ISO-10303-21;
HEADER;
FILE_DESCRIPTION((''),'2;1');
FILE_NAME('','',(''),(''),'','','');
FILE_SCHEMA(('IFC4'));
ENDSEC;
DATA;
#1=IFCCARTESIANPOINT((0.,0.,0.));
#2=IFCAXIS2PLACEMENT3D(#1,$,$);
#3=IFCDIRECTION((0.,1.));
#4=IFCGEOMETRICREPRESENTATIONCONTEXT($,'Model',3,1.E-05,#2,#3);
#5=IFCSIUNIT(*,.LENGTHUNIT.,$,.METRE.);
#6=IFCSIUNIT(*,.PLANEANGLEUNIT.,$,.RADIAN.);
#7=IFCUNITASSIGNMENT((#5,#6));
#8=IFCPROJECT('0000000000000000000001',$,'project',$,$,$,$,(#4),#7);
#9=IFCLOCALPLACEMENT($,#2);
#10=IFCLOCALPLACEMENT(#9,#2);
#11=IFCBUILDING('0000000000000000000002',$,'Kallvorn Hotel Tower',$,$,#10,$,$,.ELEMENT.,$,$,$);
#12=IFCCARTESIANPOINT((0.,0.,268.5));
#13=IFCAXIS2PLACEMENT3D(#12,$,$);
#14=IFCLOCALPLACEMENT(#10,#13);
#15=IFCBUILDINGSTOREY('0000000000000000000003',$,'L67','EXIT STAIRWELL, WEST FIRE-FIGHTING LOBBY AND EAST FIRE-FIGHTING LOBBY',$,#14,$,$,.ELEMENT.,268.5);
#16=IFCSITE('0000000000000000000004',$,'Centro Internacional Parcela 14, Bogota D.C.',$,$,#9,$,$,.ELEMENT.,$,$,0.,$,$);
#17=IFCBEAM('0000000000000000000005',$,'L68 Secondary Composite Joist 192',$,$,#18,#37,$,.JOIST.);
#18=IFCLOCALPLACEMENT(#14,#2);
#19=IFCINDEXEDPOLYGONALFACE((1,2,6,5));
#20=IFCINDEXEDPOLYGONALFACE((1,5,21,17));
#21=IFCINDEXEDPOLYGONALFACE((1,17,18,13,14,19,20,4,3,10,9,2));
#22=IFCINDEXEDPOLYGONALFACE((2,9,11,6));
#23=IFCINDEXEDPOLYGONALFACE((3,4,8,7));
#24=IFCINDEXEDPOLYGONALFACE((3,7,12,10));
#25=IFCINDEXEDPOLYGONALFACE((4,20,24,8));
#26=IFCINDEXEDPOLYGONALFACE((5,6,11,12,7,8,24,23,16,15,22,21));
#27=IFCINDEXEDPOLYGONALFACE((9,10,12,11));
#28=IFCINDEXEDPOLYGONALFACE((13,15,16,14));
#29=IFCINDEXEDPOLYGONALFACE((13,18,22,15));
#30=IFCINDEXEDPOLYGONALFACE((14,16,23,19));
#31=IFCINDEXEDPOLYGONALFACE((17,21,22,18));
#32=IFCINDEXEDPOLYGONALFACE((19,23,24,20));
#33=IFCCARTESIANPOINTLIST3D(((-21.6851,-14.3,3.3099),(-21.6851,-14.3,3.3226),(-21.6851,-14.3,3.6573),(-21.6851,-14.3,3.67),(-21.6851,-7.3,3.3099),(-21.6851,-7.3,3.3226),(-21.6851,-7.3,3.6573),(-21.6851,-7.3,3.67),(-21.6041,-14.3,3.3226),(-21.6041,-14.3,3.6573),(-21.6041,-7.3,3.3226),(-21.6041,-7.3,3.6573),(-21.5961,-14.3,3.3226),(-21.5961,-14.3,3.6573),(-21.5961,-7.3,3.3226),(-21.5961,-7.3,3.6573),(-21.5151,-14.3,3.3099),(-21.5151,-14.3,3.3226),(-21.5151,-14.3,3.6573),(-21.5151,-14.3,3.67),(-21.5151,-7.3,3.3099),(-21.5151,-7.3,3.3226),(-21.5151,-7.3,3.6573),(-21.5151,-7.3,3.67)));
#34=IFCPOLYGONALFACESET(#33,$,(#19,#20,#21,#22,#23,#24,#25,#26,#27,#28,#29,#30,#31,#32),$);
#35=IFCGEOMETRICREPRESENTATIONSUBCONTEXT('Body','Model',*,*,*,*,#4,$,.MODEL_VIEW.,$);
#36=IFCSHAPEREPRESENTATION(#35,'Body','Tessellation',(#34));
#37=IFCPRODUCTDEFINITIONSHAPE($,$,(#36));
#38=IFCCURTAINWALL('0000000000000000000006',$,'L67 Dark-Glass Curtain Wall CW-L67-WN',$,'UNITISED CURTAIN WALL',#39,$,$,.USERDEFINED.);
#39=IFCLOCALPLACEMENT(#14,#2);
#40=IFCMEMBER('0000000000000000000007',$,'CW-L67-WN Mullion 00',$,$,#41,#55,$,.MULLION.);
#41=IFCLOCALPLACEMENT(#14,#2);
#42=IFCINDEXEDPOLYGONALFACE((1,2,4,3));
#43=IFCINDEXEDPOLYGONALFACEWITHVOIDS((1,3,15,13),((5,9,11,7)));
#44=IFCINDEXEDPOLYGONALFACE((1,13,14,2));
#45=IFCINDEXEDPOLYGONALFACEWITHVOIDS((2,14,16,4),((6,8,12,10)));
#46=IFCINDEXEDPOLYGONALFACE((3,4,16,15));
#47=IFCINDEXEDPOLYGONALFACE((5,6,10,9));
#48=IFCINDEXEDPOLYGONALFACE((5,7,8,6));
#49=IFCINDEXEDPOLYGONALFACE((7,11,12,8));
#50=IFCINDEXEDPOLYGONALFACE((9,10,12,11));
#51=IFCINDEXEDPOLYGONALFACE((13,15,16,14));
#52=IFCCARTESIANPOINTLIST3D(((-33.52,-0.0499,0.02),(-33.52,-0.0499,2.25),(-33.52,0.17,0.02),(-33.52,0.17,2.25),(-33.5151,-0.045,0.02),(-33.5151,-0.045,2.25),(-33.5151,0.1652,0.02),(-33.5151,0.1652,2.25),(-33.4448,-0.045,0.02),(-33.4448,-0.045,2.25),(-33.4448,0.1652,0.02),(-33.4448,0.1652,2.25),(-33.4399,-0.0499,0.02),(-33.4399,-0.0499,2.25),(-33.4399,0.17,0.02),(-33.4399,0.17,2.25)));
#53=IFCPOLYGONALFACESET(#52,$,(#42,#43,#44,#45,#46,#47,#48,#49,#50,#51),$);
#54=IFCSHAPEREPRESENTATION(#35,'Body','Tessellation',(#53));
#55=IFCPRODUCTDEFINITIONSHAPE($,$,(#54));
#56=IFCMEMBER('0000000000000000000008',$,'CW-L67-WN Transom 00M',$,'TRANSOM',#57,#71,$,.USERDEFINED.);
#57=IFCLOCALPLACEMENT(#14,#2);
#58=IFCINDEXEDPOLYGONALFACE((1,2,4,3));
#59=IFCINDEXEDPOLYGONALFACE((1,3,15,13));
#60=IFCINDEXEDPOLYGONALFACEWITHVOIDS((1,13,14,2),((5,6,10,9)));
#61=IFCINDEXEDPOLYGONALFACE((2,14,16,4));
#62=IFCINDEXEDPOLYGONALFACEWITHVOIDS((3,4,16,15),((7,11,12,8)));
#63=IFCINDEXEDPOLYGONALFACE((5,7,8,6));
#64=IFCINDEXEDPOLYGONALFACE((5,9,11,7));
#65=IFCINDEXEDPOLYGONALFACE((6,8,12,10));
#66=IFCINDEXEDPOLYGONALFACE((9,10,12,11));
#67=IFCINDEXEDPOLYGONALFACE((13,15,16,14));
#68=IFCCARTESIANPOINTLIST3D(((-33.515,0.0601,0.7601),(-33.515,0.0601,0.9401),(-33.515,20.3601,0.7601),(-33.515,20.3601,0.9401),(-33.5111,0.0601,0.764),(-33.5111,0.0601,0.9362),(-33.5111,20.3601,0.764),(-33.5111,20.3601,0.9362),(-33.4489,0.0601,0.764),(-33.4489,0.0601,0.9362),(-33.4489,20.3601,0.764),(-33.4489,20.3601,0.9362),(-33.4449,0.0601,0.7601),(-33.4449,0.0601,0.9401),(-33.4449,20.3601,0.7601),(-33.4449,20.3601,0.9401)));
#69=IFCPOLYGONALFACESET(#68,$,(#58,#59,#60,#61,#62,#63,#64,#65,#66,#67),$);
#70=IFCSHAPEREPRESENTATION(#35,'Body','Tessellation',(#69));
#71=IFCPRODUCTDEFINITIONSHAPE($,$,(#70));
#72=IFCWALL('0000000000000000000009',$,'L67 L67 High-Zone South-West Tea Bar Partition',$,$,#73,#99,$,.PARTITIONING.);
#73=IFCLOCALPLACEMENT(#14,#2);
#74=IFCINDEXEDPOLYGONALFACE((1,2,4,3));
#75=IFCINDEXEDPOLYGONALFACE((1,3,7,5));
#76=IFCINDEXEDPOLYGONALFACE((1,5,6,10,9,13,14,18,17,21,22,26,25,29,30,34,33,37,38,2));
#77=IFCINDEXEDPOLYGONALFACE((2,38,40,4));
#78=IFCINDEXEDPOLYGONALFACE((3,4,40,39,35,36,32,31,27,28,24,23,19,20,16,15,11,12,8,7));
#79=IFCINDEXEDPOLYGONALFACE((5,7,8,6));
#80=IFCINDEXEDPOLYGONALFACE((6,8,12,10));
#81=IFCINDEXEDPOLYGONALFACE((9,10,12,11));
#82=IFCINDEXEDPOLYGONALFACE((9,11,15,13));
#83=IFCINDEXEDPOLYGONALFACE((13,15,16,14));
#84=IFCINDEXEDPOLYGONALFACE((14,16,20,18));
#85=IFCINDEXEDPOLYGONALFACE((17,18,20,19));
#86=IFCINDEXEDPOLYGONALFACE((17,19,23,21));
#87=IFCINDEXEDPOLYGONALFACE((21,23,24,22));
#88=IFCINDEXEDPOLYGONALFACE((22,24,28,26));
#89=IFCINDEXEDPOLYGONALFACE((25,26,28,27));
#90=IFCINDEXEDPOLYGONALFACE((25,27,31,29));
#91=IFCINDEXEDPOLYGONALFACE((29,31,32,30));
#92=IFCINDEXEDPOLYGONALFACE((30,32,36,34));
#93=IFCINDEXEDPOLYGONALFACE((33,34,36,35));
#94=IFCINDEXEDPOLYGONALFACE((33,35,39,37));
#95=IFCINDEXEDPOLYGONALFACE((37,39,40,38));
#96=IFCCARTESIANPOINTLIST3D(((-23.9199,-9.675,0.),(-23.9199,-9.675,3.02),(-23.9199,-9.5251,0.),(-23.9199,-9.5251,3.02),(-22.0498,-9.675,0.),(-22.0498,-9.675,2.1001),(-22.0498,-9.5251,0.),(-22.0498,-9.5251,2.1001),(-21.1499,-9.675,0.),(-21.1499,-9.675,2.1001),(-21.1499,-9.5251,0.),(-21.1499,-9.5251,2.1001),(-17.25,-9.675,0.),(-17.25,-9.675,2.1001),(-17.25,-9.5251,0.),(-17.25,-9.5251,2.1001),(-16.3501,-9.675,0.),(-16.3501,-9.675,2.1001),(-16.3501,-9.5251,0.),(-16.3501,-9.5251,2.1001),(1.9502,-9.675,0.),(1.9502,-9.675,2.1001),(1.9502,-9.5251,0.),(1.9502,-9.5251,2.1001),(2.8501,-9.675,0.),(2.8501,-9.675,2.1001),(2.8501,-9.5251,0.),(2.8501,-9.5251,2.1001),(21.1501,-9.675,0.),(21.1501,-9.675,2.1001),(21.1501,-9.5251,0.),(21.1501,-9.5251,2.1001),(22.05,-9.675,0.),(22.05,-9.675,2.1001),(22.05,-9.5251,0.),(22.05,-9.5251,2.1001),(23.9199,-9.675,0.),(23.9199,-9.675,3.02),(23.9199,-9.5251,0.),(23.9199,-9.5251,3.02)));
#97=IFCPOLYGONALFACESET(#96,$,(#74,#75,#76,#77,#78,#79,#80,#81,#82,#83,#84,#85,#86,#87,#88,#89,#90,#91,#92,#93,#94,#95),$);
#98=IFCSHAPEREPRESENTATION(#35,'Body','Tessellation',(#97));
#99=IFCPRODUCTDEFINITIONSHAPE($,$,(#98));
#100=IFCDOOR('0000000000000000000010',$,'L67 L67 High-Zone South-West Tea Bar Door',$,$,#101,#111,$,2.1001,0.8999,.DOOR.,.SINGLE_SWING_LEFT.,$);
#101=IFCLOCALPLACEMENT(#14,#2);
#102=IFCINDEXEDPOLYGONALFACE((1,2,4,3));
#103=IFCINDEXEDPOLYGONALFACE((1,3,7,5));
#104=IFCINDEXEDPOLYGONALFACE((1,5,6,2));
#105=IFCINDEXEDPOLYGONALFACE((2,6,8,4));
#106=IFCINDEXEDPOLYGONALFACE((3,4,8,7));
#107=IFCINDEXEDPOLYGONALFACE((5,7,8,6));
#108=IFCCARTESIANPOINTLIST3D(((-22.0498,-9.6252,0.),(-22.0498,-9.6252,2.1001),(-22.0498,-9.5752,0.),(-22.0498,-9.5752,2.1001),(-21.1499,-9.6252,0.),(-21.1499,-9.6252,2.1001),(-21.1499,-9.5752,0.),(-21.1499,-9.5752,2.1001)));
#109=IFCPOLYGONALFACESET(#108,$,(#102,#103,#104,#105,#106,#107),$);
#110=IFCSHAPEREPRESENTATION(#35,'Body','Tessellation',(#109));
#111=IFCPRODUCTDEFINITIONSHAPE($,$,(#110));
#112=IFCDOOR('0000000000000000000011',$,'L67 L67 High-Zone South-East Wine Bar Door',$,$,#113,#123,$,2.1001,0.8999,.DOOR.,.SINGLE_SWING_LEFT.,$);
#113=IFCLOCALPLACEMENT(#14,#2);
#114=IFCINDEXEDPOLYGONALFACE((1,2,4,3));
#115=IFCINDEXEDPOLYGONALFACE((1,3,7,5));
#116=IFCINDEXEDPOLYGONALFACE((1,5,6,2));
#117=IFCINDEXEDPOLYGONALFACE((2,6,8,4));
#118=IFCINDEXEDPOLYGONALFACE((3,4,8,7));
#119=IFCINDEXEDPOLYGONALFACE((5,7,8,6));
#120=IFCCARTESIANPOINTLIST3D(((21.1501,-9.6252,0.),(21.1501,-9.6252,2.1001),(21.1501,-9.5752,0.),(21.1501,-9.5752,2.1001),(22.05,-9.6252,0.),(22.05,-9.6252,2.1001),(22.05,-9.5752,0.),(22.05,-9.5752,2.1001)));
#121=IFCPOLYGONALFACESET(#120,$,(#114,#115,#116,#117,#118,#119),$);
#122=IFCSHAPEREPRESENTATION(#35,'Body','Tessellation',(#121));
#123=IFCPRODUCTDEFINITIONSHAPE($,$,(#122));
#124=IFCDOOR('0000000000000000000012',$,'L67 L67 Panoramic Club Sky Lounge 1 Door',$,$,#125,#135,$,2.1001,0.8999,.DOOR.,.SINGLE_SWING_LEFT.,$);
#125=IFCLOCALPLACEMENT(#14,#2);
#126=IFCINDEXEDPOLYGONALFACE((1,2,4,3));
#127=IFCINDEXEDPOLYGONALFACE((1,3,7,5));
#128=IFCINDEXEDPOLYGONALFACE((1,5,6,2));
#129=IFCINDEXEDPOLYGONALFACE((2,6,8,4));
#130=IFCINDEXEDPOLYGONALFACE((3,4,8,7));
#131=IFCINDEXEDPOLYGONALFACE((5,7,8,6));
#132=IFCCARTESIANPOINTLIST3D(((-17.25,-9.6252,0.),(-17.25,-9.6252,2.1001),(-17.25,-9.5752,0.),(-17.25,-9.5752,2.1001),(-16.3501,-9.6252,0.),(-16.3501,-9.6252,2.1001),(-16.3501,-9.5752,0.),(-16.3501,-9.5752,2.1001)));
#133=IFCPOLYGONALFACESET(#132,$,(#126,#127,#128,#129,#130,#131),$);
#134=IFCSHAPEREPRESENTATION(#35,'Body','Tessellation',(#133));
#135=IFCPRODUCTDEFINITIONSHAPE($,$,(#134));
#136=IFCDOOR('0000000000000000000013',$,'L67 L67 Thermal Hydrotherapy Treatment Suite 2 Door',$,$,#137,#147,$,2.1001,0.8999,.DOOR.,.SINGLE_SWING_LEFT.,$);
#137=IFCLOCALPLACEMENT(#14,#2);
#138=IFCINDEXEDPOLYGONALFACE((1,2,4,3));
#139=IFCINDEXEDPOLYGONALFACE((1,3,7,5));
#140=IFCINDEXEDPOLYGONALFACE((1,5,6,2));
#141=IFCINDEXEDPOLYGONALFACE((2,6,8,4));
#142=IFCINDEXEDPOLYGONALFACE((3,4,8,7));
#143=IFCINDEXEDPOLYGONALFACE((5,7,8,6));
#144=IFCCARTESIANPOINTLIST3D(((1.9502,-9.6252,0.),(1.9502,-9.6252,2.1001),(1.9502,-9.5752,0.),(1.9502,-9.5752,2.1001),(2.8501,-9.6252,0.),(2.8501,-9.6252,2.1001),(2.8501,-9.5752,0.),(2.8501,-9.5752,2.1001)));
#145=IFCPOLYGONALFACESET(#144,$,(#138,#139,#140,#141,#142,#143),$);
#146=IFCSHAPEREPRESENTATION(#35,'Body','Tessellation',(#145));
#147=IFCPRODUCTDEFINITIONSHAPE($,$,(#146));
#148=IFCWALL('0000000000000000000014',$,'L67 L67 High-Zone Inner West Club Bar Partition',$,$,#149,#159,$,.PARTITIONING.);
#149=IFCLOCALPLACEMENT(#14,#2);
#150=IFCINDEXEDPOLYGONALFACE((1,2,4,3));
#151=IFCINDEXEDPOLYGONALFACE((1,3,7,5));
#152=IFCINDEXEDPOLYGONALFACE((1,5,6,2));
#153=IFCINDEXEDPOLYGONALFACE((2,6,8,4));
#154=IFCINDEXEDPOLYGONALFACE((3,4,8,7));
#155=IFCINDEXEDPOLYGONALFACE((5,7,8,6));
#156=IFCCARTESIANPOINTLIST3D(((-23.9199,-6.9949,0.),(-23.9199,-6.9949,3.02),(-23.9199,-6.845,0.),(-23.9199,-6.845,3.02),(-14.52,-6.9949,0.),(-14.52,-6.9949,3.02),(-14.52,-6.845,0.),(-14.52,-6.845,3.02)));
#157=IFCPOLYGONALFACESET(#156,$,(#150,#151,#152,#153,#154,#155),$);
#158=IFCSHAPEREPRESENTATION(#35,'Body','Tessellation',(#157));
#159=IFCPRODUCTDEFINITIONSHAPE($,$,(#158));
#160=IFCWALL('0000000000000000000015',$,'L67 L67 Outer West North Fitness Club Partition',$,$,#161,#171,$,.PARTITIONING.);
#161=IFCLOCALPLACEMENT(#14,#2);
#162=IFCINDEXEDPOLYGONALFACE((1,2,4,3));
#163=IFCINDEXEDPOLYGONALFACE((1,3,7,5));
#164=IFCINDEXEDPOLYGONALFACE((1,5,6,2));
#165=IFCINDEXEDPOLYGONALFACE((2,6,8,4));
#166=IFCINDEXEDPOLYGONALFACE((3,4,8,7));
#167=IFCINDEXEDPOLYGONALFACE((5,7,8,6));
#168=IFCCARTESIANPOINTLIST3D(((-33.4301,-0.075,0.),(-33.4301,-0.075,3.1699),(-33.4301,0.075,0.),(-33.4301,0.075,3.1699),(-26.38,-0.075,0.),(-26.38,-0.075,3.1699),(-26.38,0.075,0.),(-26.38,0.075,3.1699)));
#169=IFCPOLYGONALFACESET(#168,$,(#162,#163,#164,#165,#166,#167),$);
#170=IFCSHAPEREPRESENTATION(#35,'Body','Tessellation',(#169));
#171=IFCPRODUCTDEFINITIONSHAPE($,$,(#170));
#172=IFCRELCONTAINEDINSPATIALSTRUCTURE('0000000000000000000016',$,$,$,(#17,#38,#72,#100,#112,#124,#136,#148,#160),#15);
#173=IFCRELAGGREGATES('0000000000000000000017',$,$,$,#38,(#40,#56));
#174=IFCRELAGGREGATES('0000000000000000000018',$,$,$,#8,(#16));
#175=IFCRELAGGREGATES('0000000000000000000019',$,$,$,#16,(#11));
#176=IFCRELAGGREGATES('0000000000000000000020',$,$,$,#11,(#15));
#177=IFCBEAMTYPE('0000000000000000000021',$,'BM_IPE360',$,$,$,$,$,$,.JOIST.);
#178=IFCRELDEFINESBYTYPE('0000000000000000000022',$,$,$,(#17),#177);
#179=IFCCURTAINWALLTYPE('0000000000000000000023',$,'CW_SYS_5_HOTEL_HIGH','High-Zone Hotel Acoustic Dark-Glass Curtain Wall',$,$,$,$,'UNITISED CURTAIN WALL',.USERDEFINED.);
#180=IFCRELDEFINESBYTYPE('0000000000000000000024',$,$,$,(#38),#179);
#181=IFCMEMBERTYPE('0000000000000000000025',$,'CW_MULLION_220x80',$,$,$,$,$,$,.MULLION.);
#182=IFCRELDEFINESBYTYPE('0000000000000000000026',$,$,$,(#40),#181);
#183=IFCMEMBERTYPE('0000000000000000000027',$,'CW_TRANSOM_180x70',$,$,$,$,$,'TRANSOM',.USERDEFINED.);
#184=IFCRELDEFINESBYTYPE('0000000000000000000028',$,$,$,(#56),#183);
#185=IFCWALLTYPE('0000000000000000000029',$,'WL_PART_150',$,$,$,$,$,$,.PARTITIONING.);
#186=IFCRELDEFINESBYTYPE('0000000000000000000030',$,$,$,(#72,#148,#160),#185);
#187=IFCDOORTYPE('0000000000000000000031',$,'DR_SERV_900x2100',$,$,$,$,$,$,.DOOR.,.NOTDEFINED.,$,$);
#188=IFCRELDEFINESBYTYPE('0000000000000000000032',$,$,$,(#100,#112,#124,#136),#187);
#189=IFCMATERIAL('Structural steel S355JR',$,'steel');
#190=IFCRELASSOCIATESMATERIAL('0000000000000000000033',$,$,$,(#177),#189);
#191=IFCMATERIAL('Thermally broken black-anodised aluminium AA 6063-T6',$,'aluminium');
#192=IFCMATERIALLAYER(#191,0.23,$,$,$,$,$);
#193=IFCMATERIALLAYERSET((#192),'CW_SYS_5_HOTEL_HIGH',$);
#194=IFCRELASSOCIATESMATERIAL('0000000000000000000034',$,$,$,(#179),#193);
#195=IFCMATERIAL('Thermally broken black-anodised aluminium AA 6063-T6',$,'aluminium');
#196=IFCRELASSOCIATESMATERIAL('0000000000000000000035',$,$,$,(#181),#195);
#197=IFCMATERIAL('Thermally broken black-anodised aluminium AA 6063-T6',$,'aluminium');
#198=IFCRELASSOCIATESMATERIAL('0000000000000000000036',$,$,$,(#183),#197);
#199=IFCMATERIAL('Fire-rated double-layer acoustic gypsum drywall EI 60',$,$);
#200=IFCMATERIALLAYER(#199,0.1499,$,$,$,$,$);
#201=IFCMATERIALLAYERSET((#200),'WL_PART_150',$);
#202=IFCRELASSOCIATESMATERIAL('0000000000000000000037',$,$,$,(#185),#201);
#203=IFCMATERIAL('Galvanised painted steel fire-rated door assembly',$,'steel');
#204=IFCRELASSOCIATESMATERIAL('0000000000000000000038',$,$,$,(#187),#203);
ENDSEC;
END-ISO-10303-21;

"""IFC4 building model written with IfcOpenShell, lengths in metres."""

from ifc_helpers import new_model, si_unit, direction, frame, frame_2d, origin, origin_2d, place, context, subcontext, project, spatial, rectangle, hollow_rectangle, i_section, extrude, material, layer, layer_set, material_profile, profile_set, type_object, element, fill, aggregate, save


model = new_model("IFC4")

# Units and contexts
model_context = context("Model", 3, precision=1e-05, world=origin(), true_north=direction((0.0, 1.0)))
body_context = subcontext(model_context, "Body", "Model", "MODEL_VIEW")
ifc_project = project(units=[si_unit("LENGTHUNIT", "METRE"), si_unit("PLANEANGLEUNIT", "RADIAN")], contexts=[model_context])

# Site, building, storey
site_placement = place(None, origin())
site = spatial("IfcSite", under=ifc_project, at=site_placement, Name="Centro Internacional Parcela 14, Bogota D.C.", CompositionType="ELEMENT", RefElevation=0.0)
building_placement = place(site_placement, origin())
building = spatial("IfcBuilding", under=site, at=building_placement, Name="Kallvorn Hotel Tower", CompositionType="ELEMENT")
storey_placement = place(building_placement, frame((0.0, 0.0, 268.5)))
storey = spatial("IfcBuildingStorey", under=building, at=storey_placement, Name="L67", Description="EXIT STAIRWELL, WEST FIRE-FIGHTING LOBBY AND EAST FIRE-FIGHTING LOBBY", CompositionType="ELEMENT", Elevation=268.5)

# Beam
ifc_material_1 = material(Name="Structural steel S355JR", Category="steel")
ifc_material_profile_1 = material_profile(ifc_material_1, i_section(OverallWidth=0.1699, OverallDepth=0.3601, WebThickness=0.0081, FlangeThickness=0.0127, at=origin_2d()), Name="IPE 360")
ifc_profile_set_1 = profile_set([ifc_material_profile_1], Name="Structural steel S355JR")
beam_type_1 = type_object("IfcBeamType", Name="BM_IPE360", PredefinedType="JOIST", material=ifc_profile_set_1)
beam_1_placement = place(storey_placement, frame((-21.6001, -14.3, 3.49), z_axis=(0.0, 1.0, 0.0), x_axis=(-1.0, 0.0, 0.0)))
element("IfcBeam", 1, at=beam_1_placement, inside=storey, type_object=beam_type_1, Name="L68 Secondary Composite Joist 192", PredefinedType="JOIST", context=body_context, shape_type="SweptSolid", body=[
    extrude(i_section(OverallWidth=0.1699, OverallDepth=0.3601, WebThickness=0.0081, FlangeThickness=0.0127, at=origin_2d()), origin(), (0.0, 0.0, 1.0), 7.0),
])

# Curtain wall, members
ifc_material_2 = material(Name="Thermally broken black-anodised aluminium AA 6063-T6", Category="aluminium")
ifc_layer_1 = layer(ifc_material_2, 0.23)
ifc_layer_set_1 = layer_set([ifc_layer_1], Name="CW_SYS_5_HOTEL_HIGH")
curtain_wall_type = type_object("IfcCurtainWallType", Name="CW_SYS_5_HOTEL_HIGH", Description="High-Zone Hotel Acoustic Dark-Glass Curtain Wall", ElementType="UNITISED CURTAIN WALL", PredefinedType="USERDEFINED", material=ifc_layer_set_1)
curtain_wall_placement = place(storey_placement, origin())
curtain_wall = element("IfcCurtainWall", 2, at=curtain_wall_placement, inside=storey, type_object=curtain_wall_type, Name="L67 Dark-Glass Curtain Wall CW-L67-WN", ObjectType="UNITISED CURTAIN WALL", PredefinedType="USERDEFINED")
ifc_material_3 = material(Name="Thermally broken black-anodised aluminium AA 6063-T6", Category="aluminium")
ifc_material_profile_2 = material_profile(ifc_material_3, hollow_rectangle(XDim=0.0801, YDim=0.22, WallThickness=0.0049, at=origin_2d()), Name="MUL 220x80")
ifc_profile_set_2 = profile_set([ifc_material_profile_2], Name="Thermally broken black-anodised aluminium AA 6063-T6")
member_type_1 = type_object("IfcMemberType", Name="CW_MULLION_220x80", PredefinedType="MULLION", material=ifc_profile_set_2)
member_1_placement = place(storey_placement, frame((-33.48, 0.0601, 0.02), z_axis=(0.0, 0.0, 1.0), x_axis=(1.0, 0.0, 0.0)))
member_1 = element("IfcMember", 3, at=member_1_placement, type_object=member_type_1, Name="CW-L67-WN Mullion 00", PredefinedType="MULLION", context=body_context, shape_type="SweptSolid", body=[
    extrude(hollow_rectangle(XDim=0.0801, YDim=0.22, WallThickness=0.0049, at=origin_2d()), origin(), (0.0, 0.0, 1.0), 2.23),
])
ifc_material_4 = material(Name="Thermally broken black-anodised aluminium AA 6063-T6", Category="aluminium")
ifc_material_profile_3 = material_profile(ifc_material_4, hollow_rectangle(XDim=0.0701, YDim=0.1799, WallThickness=0.0039, at=origin_2d()), Name="TRN 180x70")
ifc_profile_set_3 = profile_set([ifc_material_profile_3], Name="Thermally broken black-anodised aluminium AA 6063-T6")
member_type_2 = type_object("IfcMemberType", Name="CW_TRANSOM_180x70", ElementType="TRANSOM", PredefinedType="USERDEFINED", material=ifc_profile_set_3)
member_2_placement = place(storey_placement, frame((-33.48, 0.0601, 0.8501), z_axis=(0.0, 1.0, 0.0), x_axis=(-1.0, 0.0, 0.0)))
member_2 = element("IfcMember", 4, at=member_2_placement, type_object=member_type_2, Name="CW-L67-WN Transom 00M", ObjectType="TRANSOM", PredefinedType="USERDEFINED", context=body_context, shape_type="SweptSolid", body=[
    extrude(hollow_rectangle(XDim=0.0701, YDim=0.1799, WallThickness=0.0039, at=origin_2d()), origin(), (0.0, 0.0, 1.0), 20.3),
])
aggregate(curtain_wall, [member_1, member_2])

# Wall, openings, doors
ifc_material_5 = material(Name="Fire-rated double-layer acoustic gypsum drywall EI 60")
ifc_layer_2 = layer(ifc_material_5, 0.1499)
ifc_layer_set_2 = layer_set([ifc_layer_2], Name="WL_PART_150")
wall_type = type_object("IfcWallType", Name="WL_PART_150", PredefinedType="PARTITIONING", material=ifc_layer_set_2)
wall_1_placement = place(storey_placement, frame((-23.9199, -9.6001, 0.0), z_axis=(0.0, 0.0, 1.0), x_axis=(1.0, 0.0, 0.0)))
wall_1 = element("IfcWall", 5, at=wall_1_placement, inside=storey, type_object=wall_type, Name="L67 L67 High-Zone South-West Tea Bar Partition", PredefinedType="PARTITIONING", context=body_context, shape_type="SweptSolid", body=[
    extrude(rectangle(XDim=47.8398, YDim=0.1499, at=frame_2d((23.9199, 0.0))), origin(), (0.0, 0.0, 1.0), 3.02),
])
opening_1_placement = place(wall_1_placement, frame((1.8701, 0.0, 0.0)))
opening_1 = element("IfcOpeningElement", 6, at=opening_1_placement, cuts=wall_1, PredefinedType="OPENING", context=body_context, shape_type="SweptSolid", body=[
    extrude(rectangle(XDim=0.8999, YDim=2.1001, at=frame_2d((0.45, 1.05))), frame((0.0, 0.0898, 0.0), z_axis=(0.0, -1.0, 0.0), x_axis=(1.0, 0.0, 0.0)), (0.0, 0.0, 1.0), 0.1799),
])
opening_2_placement = place(wall_1_placement, frame((45.0701, 0.0, 0.0)))
opening_2 = element("IfcOpeningElement", 7, at=opening_2_placement, cuts=wall_1, PredefinedType="OPENING", context=body_context, shape_type="SweptSolid", body=[
    extrude(rectangle(XDim=0.8999, YDim=2.1001, at=frame_2d((0.45, 1.05))), frame((0.0, 0.0898, 0.0), z_axis=(0.0, -1.0, 0.0), x_axis=(1.0, 0.0, 0.0)), (0.0, 0.0, 1.0), 0.1799),
])
opening_3_placement = place(wall_1_placement, frame((6.6699, 0.0, 0.0)))
opening_3 = element("IfcOpeningElement", 8, at=opening_3_placement, cuts=wall_1, PredefinedType="OPENING", context=body_context, shape_type="SweptSolid", body=[
    extrude(rectangle(XDim=0.8999, YDim=2.1001, at=frame_2d((0.45, 1.05))), frame((0.0, 0.0898, 0.0), z_axis=(0.0, -1.0, 0.0), x_axis=(1.0, 0.0, 0.0)), (0.0, 0.0, 1.0), 0.1799),
])
opening_4_placement = place(wall_1_placement, frame((25.8701, 0.0, 0.0)))
opening_4 = element("IfcOpeningElement", 9, at=opening_4_placement, cuts=wall_1, PredefinedType="OPENING", context=body_context, shape_type="SweptSolid", body=[
    extrude(rectangle(XDim=0.8999, YDim=2.1001, at=frame_2d((0.45, 1.05))), frame((0.0, 0.0898, 0.0), z_axis=(0.0, -1.0, 0.0), x_axis=(1.0, 0.0, 0.0)), (0.0, 0.0, 1.0), 0.1799),
])
ifc_material_6 = material(Name="Galvanised painted steel fire-rated door assembly", Category="steel")
door_type = type_object("IfcDoorType", Name="DR_SERV_900x2100", OperationType="NOTDEFINED", PredefinedType="DOOR", material=ifc_material_6)
door_1_placement = place(opening_1_placement, origin())
door_1 = element("IfcDoor", 10, at=door_1_placement, inside=storey, type_object=door_type, Name="L67 L67 High-Zone South-West Tea Bar Door", OperationType="SINGLE_SWING_LEFT", OverallHeight=2.1001, OverallWidth=0.8999, PredefinedType="DOOR", context=body_context, shape_type="SweptSolid", body=[
    extrude(rectangle(XDim=0.8999, YDim=2.1001, at=frame_2d((0.45, 1.05))), frame((0.0, 0.0249, 0.0), z_axis=(0.0, -1.0, 0.0), x_axis=(1.0, 0.0, 0.0)), (0.0, 0.0, 1.0), 0.05),
])
fill(opening_1, door_1)
door_2_placement = place(opening_2_placement, origin())
door_2 = element("IfcDoor", 11, at=door_2_placement, inside=storey, type_object=door_type, Name="L67 L67 High-Zone South-East Wine Bar Door", OperationType="SINGLE_SWING_LEFT", OverallHeight=2.1001, OverallWidth=0.8999, PredefinedType="DOOR", context=body_context, shape_type="SweptSolid", body=[
    extrude(rectangle(XDim=0.8999, YDim=2.1001, at=frame_2d((0.45, 1.05))), frame((0.0, 0.0249, 0.0), z_axis=(0.0, -1.0, 0.0), x_axis=(1.0, 0.0, 0.0)), (0.0, 0.0, 1.0), 0.05),
])
fill(opening_2, door_2)
door_3_placement = place(opening_3_placement, origin())
door_3 = element("IfcDoor", 12, at=door_3_placement, inside=storey, type_object=door_type, Name="L67 L67 Panoramic Club Sky Lounge 1 Door", OperationType="SINGLE_SWING_LEFT", OverallHeight=2.1001, OverallWidth=0.8999, PredefinedType="DOOR", context=body_context, shape_type="SweptSolid", body=[
    extrude(rectangle(XDim=0.8999, YDim=2.1001, at=frame_2d((0.45, 1.05))), frame((0.0, 0.0249, 0.0), z_axis=(0.0, -1.0, 0.0), x_axis=(1.0, 0.0, 0.0)), (0.0, 0.0, 1.0), 0.05),
])
fill(opening_3, door_3)
door_4_placement = place(opening_4_placement, origin())
door_4 = element("IfcDoor", 13, at=door_4_placement, inside=storey, type_object=door_type, Name="L67 L67 Thermal Hydrotherapy Treatment Suite 2 Door", OperationType="SINGLE_SWING_LEFT", OverallHeight=2.1001, OverallWidth=0.8999, PredefinedType="DOOR", context=body_context, shape_type="SweptSolid", body=[
    extrude(rectangle(XDim=0.8999, YDim=2.1001, at=frame_2d((0.45, 1.05))), frame((0.0, 0.0249, 0.0), z_axis=(0.0, -1.0, 0.0), x_axis=(1.0, 0.0, 0.0)), (0.0, 0.0, 1.0), 0.05),
])
fill(opening_4, door_4)

# Walls
wall_2_placement = place(storey_placement, frame((-23.9199, -6.9199, 0.0), z_axis=(0.0, 0.0, 1.0), x_axis=(1.0, 0.0, 0.0)))
element("IfcWall", 14, at=wall_2_placement, inside=storey, type_object=wall_type, Name="L67 L67 High-Zone Inner West Club Bar Partition", PredefinedType="PARTITIONING", context=body_context, shape_type="SweptSolid", body=[
    extrude(rectangle(XDim=9.3999, YDim=0.1499, at=frame_2d((4.7, 0.0))), origin(), (0.0, 0.0, 1.0), 3.02),
])
wall_3_placement = place(storey_placement, frame((-33.4299, 0.0, 0.0), z_axis=(0.0, 0.0, 1.0), x_axis=(1.0, 0.0, 0.0)))
element("IfcWall", 15, at=wall_3_placement, inside=storey, type_object=wall_type, Name="L67 L67 Outer West North Fitness Club Partition", PredefinedType="PARTITIONING", context=body_context, shape_type="SweptSolid", body=[
    extrude(rectangle(XDim=7.05, YDim=0.1499, at=frame_2d((3.5249, 0.0))), origin(), (0.0, 0.0, 1.0), 3.1699),
])

save(model, "model.ifc")
